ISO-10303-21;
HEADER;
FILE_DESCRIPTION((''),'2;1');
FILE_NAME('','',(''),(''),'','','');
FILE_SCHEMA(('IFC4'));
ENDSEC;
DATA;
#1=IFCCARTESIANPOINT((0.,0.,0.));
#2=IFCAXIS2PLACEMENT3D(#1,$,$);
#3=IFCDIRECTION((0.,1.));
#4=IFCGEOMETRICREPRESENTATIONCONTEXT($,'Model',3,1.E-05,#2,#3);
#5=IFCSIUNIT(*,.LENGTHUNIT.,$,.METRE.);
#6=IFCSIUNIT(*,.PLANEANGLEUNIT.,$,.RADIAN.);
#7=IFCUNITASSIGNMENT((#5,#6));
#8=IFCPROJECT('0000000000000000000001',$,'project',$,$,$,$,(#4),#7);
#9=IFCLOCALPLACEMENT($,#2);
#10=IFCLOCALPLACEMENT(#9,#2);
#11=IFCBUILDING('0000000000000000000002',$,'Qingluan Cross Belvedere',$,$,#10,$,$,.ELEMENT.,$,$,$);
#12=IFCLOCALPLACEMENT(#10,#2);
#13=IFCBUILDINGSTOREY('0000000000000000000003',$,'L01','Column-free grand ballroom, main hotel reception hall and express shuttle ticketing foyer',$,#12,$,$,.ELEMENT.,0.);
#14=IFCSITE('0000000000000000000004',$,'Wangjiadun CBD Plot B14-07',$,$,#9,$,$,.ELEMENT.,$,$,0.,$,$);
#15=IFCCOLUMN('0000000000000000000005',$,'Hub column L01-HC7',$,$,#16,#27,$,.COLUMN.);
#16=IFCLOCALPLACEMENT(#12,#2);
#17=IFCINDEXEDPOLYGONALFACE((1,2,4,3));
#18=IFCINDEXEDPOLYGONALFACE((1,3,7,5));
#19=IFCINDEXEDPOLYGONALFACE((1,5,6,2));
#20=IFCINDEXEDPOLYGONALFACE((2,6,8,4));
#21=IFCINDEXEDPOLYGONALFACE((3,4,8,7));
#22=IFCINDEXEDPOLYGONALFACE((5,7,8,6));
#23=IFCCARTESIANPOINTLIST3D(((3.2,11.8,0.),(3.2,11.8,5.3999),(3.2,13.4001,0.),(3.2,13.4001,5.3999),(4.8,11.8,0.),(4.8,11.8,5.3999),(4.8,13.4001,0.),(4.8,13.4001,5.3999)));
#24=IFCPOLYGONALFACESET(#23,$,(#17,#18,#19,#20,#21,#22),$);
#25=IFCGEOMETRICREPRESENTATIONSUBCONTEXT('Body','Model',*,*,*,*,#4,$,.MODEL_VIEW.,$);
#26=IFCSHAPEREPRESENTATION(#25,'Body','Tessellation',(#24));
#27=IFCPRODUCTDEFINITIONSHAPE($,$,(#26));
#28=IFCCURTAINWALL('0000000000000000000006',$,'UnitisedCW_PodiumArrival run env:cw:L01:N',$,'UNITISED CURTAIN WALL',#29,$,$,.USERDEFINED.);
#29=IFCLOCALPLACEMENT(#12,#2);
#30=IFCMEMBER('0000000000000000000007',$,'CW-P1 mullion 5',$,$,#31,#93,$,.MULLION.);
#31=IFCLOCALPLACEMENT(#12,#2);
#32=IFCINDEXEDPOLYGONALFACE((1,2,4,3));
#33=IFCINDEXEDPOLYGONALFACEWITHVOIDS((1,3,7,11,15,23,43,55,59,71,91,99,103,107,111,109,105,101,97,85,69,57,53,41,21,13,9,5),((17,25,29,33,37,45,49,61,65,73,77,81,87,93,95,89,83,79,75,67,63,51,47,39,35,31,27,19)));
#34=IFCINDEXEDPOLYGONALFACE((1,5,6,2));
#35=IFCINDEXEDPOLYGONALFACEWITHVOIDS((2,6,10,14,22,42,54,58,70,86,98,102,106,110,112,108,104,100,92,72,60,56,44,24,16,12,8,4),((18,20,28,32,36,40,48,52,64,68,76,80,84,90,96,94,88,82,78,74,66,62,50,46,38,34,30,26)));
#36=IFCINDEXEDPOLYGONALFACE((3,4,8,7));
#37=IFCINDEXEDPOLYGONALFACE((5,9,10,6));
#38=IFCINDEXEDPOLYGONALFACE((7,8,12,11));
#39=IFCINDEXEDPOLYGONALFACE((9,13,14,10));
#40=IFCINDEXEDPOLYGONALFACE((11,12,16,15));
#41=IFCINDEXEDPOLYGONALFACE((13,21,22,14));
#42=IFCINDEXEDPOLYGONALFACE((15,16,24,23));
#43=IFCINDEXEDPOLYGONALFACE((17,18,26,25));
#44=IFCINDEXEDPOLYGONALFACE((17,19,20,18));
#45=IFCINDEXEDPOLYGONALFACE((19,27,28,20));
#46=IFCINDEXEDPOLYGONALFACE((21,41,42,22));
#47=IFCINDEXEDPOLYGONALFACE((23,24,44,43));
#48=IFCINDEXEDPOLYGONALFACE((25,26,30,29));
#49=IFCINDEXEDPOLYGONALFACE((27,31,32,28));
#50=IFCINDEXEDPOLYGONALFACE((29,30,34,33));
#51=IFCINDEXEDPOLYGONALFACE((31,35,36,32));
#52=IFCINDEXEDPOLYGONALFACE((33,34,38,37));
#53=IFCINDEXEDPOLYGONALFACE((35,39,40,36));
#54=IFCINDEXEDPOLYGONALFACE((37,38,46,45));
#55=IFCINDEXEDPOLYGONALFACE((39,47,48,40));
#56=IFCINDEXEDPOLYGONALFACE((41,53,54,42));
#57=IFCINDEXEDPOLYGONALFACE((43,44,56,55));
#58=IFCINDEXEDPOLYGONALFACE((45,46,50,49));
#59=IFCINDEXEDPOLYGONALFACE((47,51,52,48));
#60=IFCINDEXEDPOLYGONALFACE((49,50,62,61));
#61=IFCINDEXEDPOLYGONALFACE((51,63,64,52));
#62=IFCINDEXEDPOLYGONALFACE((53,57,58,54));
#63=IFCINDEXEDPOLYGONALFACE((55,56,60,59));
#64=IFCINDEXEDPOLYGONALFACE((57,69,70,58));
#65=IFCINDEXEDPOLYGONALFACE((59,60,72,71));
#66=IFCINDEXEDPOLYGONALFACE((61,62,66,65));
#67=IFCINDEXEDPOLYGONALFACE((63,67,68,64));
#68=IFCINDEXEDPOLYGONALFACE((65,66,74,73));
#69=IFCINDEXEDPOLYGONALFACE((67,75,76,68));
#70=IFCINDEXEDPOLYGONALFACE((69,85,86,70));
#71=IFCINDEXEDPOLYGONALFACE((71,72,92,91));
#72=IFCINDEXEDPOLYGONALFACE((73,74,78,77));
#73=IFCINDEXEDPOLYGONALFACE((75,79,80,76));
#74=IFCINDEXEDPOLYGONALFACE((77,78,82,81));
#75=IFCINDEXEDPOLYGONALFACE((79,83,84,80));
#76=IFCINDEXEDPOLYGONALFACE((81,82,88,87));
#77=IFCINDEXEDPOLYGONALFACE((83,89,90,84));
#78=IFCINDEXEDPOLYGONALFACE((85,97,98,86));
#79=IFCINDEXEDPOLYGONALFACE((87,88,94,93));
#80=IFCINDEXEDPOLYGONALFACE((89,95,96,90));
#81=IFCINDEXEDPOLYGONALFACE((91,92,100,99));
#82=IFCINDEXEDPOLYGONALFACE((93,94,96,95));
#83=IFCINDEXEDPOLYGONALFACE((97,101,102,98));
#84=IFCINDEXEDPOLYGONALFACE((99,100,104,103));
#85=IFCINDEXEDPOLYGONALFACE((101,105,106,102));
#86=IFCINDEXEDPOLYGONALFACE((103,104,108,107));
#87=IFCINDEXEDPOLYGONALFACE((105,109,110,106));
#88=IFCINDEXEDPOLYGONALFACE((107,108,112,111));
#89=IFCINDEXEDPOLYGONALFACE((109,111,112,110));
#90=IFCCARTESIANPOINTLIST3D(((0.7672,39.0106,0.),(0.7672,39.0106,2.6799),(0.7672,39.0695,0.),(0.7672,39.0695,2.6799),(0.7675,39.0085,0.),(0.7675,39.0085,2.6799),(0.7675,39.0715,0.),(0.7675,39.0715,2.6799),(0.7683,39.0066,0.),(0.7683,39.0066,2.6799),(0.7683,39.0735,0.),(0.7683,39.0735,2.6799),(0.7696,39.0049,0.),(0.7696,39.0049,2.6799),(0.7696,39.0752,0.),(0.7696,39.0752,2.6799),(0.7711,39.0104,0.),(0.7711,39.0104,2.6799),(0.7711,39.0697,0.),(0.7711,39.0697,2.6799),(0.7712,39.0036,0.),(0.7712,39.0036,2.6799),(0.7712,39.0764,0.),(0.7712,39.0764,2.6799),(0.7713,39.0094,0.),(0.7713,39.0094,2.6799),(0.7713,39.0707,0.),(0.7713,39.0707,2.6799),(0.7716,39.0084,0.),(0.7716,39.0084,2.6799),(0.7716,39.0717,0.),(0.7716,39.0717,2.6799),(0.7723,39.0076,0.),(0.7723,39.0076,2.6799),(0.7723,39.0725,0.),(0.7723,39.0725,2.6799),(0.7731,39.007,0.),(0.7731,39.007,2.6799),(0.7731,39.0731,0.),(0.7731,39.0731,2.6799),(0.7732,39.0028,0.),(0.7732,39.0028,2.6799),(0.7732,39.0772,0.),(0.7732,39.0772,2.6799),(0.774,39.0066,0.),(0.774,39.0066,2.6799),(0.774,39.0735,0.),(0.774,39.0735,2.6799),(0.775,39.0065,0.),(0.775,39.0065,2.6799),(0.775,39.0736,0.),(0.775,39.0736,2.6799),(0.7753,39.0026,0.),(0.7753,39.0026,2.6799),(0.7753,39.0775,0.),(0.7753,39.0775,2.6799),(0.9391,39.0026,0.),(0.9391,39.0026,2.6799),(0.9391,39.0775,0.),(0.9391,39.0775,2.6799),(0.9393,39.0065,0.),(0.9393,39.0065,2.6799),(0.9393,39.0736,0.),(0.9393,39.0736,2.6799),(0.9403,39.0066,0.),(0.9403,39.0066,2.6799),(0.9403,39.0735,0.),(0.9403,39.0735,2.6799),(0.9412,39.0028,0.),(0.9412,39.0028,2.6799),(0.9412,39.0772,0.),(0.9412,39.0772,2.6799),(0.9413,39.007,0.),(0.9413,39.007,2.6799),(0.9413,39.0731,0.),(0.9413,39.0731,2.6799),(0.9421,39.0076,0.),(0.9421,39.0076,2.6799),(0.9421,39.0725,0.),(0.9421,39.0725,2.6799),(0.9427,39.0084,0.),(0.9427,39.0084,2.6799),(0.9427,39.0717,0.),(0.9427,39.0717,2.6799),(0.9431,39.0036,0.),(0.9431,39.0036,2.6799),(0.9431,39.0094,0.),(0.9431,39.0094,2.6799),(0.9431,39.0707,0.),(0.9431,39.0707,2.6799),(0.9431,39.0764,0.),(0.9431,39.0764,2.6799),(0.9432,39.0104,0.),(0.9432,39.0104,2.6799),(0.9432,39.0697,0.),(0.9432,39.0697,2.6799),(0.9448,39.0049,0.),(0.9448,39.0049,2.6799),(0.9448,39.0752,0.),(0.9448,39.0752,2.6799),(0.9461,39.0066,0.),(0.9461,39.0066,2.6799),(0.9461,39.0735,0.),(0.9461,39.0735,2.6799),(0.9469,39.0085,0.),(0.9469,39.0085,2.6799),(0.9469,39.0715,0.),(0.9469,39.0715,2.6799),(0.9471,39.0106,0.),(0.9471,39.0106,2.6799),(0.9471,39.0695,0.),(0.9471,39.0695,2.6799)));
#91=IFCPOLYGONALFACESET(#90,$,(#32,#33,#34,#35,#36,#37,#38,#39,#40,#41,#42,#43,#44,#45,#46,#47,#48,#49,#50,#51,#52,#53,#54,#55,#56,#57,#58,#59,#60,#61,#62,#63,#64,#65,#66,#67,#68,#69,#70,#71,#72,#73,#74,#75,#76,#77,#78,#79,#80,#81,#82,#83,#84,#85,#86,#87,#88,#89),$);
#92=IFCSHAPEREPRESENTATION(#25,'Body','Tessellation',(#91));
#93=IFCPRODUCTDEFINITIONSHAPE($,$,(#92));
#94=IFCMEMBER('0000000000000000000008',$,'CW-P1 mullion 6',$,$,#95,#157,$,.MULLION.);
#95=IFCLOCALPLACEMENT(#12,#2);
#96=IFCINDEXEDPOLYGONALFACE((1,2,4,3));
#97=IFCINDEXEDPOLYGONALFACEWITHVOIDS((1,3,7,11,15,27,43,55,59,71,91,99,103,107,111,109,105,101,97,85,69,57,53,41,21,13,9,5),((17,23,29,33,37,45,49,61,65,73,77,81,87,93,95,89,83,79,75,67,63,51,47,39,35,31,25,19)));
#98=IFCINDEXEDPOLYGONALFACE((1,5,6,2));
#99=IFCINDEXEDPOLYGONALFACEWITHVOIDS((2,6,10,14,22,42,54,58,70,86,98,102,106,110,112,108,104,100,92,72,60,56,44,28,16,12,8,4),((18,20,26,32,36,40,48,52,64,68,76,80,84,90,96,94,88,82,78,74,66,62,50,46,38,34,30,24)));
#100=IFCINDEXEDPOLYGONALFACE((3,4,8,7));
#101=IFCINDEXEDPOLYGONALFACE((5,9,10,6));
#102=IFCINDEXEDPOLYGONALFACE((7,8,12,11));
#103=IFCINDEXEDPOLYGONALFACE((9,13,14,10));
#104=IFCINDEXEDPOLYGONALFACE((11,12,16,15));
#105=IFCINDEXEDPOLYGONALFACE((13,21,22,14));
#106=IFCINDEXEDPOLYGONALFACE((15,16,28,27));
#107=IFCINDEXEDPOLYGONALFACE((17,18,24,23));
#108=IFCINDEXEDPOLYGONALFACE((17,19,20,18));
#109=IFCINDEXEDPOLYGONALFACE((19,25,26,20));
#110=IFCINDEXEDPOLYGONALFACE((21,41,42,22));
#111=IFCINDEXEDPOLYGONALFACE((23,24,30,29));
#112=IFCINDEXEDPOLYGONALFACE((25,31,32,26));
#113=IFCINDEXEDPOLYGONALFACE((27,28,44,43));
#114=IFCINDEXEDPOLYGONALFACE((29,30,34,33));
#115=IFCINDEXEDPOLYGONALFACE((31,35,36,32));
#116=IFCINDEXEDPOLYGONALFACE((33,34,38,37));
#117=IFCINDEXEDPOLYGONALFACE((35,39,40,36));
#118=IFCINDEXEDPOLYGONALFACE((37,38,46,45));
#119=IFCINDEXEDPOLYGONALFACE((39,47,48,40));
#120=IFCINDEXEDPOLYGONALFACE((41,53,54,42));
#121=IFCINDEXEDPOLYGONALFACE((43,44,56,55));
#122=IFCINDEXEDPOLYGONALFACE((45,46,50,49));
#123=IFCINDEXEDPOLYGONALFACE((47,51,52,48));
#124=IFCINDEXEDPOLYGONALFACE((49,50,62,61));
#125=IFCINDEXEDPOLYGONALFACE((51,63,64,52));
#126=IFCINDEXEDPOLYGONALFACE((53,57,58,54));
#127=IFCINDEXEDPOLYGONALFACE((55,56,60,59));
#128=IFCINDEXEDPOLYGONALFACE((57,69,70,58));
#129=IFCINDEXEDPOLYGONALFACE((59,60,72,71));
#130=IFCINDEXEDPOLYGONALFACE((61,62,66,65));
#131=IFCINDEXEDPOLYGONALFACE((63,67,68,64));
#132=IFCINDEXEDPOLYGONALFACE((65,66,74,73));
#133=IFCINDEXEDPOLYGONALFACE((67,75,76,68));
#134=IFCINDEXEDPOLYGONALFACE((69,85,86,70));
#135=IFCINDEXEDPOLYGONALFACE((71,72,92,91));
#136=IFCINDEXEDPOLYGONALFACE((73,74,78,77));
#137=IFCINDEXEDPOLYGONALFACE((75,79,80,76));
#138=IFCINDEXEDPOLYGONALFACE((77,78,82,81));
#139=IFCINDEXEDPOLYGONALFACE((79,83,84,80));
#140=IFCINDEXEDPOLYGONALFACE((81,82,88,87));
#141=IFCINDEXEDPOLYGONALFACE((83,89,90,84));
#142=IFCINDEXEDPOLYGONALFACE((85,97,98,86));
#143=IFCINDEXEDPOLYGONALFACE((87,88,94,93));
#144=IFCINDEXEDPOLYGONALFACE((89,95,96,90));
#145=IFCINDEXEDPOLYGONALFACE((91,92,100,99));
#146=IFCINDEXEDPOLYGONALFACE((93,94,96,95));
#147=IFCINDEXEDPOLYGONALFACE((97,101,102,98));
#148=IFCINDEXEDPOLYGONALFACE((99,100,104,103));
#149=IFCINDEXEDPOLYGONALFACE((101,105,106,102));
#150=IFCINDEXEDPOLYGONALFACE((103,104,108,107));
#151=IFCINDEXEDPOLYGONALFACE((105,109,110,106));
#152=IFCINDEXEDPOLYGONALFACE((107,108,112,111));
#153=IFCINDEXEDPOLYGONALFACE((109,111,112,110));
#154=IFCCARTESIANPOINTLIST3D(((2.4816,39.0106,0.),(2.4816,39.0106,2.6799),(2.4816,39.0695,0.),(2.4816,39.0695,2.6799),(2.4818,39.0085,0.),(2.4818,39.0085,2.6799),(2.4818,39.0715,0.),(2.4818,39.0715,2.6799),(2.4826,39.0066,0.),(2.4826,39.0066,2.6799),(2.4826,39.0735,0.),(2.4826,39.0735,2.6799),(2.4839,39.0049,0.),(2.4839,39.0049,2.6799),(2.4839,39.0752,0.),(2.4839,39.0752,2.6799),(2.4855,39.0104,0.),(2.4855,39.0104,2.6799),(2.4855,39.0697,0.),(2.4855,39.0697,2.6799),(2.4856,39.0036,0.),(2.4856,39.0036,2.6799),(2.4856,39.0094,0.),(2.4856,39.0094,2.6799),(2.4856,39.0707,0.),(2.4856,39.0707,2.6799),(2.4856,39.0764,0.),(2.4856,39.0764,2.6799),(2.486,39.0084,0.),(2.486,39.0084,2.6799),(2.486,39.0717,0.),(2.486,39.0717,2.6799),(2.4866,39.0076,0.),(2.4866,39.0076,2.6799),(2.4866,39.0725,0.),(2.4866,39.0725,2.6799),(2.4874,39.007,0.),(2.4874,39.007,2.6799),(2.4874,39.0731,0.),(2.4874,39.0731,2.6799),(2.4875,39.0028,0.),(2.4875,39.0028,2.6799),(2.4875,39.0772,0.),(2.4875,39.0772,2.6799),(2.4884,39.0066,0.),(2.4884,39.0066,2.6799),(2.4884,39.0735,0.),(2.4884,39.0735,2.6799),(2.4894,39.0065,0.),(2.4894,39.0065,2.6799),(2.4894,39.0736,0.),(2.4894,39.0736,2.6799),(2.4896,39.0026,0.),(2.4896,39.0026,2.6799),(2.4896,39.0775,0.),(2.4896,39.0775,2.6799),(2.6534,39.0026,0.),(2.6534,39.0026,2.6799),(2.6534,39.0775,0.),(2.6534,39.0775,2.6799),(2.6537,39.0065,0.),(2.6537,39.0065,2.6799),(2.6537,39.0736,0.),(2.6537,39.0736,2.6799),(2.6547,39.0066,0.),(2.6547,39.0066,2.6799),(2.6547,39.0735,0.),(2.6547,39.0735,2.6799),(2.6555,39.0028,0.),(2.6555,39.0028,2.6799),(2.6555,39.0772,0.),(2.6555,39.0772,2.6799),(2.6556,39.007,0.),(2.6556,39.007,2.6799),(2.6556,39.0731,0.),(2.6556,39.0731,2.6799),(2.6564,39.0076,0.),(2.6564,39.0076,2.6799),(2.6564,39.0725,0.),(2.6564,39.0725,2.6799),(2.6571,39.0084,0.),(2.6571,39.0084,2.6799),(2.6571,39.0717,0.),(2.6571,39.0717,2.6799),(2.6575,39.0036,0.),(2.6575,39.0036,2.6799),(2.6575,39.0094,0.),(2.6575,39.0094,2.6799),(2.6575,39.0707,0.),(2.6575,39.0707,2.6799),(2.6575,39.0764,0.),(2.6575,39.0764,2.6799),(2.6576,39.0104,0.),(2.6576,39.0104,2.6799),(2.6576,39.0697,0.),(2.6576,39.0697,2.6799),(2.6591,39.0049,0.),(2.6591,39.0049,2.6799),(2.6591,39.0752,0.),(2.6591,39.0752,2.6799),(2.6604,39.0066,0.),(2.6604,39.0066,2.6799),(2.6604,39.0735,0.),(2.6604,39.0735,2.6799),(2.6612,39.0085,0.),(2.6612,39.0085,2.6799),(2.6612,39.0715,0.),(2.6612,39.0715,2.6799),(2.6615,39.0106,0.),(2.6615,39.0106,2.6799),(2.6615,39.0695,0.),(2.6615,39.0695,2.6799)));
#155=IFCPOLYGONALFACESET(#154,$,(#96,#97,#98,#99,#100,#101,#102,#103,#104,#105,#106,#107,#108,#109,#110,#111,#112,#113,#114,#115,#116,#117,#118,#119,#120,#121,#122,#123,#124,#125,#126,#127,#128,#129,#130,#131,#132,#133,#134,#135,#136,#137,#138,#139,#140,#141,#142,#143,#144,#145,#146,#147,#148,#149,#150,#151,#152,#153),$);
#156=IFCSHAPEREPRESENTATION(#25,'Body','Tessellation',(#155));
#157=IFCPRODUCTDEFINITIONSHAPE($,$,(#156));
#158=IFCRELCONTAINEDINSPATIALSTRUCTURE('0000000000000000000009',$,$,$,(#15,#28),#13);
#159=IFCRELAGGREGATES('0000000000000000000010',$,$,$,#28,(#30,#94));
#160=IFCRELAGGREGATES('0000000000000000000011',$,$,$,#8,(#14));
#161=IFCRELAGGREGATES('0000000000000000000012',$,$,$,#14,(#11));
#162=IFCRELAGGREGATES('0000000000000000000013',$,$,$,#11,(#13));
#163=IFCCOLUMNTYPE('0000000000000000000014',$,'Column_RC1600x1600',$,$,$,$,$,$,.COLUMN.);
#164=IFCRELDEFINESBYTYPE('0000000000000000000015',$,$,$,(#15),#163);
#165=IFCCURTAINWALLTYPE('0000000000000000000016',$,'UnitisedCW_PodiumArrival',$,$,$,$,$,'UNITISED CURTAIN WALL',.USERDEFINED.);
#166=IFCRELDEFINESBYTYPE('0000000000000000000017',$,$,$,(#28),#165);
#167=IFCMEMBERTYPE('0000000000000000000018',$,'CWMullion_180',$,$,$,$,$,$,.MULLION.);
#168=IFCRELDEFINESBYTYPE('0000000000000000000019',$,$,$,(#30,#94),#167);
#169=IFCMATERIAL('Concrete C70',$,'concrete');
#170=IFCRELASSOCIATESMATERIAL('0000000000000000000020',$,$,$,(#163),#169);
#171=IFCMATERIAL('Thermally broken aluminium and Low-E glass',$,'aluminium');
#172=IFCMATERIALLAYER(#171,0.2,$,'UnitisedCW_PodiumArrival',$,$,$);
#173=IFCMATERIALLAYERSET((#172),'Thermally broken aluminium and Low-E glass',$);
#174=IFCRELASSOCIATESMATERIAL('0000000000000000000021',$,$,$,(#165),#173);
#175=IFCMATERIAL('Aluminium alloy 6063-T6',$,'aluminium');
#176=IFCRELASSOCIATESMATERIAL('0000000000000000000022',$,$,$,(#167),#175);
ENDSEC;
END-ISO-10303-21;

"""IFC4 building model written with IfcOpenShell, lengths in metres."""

from ifc_helpers import new_model, si_unit, direction, frame, origin, origin_2d, place, context, subcontext, project, spatial, rectangle, hollow_rectangle, extrude, material, layer, layer_set, material_profile, profile_set, type_object, element, aggregate, save


model = new_model("IFC4")

# Units and contexts
model_context = context("Model", 3, precision=1e-05, world=origin(), true_north=direction((0.0, 1.0)))
body_context = subcontext(model_context, "Body", "Model", "MODEL_VIEW")
ifc_project = project(units=[si_unit("LENGTHUNIT", "METRE"), si_unit("PLANEANGLEUNIT", "RADIAN")], contexts=[model_context])

# Site, building, storey
site_placement = place(None, origin())
site = spatial("IfcSite", under=ifc_project, at=site_placement, Name="Wangjiadun CBD Plot B14-07", CompositionType="ELEMENT", RefElevation=0.0)
building_placement = place(site_placement, origin())
building = spatial("IfcBuilding", under=site, at=building_placement, Name="Qingluan Cross Belvedere", CompositionType="ELEMENT")
storey_placement = place(building_placement, origin())
storey = spatial("IfcBuildingStorey", under=building, at=storey_placement, Name="L01", Description="Column-free grand ballroom, main hotel reception hall and express shuttle ticketing foyer", CompositionType="ELEMENT", Elevation=0.0)

# Column
ifc_material_1 = material(Name="Concrete C70", Category="concrete")
ifc_material_profile_1 = material_profile(ifc_material_1, rectangle(XDim=1.6001, YDim=1.6001, at=origin_2d()), Name="RC1600x1600")
ifc_profile_set_1 = profile_set([ifc_material_profile_1], Name="Concrete C70")
column_type = type_object("IfcColumnType", Name="Column_RC1600x1600", PredefinedType="COLUMN", material=ifc_profile_set_1)
column_placement = place(storey_placement, frame((4.0, 12.6001, 0.0), z_axis=(0.0, 0.0, 1.0), x_axis=(1.0, 0.0, 0.0)))
element("IfcColumn", 1, at=column_placement, inside=storey, type_object=column_type, Name="Hub column L01-HC7", PredefinedType="COLUMN", context=body_context, shape_type="SweptSolid", body=[
    extrude(rectangle(XDim=1.6001, YDim=1.6001, at=origin_2d()), origin(), (0.0, 0.0, 1.0), 5.3999),
])

# Curtain wall, members
ifc_material_2 = material(Name="Thermally broken aluminium and Low-E glass", Category="aluminium")
ifc_layer_1 = layer(ifc_material_2, 0.2, Name="UnitisedCW_PodiumArrival")
ifc_layer_set_1 = layer_set([ifc_layer_1], Name="Thermally broken aluminium and Low-E glass")
curtain_wall_type = type_object("IfcCurtainWallType", Name="UnitisedCW_PodiumArrival", ElementType="UNITISED CURTAIN WALL", PredefinedType="USERDEFINED", material=ifc_layer_set_1)
curtain_wall_placement = place(storey_placement, origin())
curtain_wall = element("IfcCurtainWall", 2, at=curtain_wall_placement, inside=storey, type_object=curtain_wall_type, Name="UnitisedCW_PodiumArrival run env:cw:L01:N", ObjectType="UNITISED CURTAIN WALL", PredefinedType="USERDEFINED")
ifc_material_3 = material(Name="Aluminium alloy 6063-T6", Category="aluminium")
ifc_material_profile_2 = material_profile(ifc_material_3, hollow_rectangle(XDim=0.075, YDim=0.1799, WallThickness=0.0039, InnerFilletRadius=0.0039, OuterFilletRadius=0.0081, at=origin_2d()), Name="CWM180x75x4")
ifc_profile_set_2 = profile_set([ifc_material_profile_2], Name="Aluminium alloy 6063-T6")
member_type_1 = type_object("IfcMemberType", Name="CWMullion_180", PredefinedType="MULLION", material=ifc_profile_set_2)
member_1_placement = place(storey_placement, frame((0.8572, 39.04, 0.0), z_axis=(0.0, 0.0, 1.0), x_axis=(0.0, 1.0, 0.0)))
member_1 = element("IfcMember", 3, at=member_1_placement, type_object=member_type_1, Name="CW-P1 mullion 5", PredefinedType="MULLION", context=body_context, shape_type="SweptSolid", body=[
    extrude(hollow_rectangle(XDim=0.075, YDim=0.1799, WallThickness=0.0039, InnerFilletRadius=0.0039, OuterFilletRadius=0.0081, at=origin_2d()), origin(), (0.0, 0.0, 1.0), 2.6799),
])
member_2_placement = place(storey_placement, frame((2.5715, 39.04, 0.0), z_axis=(0.0, 0.0, 1.0), x_axis=(0.0, 1.0, 0.0)))
member_2 = element("IfcMember", 4, at=member_2_placement, type_object=member_type_1, Name="CW-P1 mullion 6", PredefinedType="MULLION", context=body_context, shape_type="SweptSolid", body=[
    extrude(hollow_rectangle(XDim=0.075, YDim=0.1799, WallThickness=0.0039, InnerFilletRadius=0.0039, OuterFilletRadius=0.0081, at=origin_2d()), origin(), (0.0, 0.0, 1.0), 2.6799),
])

aggregate(curtain_wall, [member_1, member_2])

save(model, "model.ifc")
